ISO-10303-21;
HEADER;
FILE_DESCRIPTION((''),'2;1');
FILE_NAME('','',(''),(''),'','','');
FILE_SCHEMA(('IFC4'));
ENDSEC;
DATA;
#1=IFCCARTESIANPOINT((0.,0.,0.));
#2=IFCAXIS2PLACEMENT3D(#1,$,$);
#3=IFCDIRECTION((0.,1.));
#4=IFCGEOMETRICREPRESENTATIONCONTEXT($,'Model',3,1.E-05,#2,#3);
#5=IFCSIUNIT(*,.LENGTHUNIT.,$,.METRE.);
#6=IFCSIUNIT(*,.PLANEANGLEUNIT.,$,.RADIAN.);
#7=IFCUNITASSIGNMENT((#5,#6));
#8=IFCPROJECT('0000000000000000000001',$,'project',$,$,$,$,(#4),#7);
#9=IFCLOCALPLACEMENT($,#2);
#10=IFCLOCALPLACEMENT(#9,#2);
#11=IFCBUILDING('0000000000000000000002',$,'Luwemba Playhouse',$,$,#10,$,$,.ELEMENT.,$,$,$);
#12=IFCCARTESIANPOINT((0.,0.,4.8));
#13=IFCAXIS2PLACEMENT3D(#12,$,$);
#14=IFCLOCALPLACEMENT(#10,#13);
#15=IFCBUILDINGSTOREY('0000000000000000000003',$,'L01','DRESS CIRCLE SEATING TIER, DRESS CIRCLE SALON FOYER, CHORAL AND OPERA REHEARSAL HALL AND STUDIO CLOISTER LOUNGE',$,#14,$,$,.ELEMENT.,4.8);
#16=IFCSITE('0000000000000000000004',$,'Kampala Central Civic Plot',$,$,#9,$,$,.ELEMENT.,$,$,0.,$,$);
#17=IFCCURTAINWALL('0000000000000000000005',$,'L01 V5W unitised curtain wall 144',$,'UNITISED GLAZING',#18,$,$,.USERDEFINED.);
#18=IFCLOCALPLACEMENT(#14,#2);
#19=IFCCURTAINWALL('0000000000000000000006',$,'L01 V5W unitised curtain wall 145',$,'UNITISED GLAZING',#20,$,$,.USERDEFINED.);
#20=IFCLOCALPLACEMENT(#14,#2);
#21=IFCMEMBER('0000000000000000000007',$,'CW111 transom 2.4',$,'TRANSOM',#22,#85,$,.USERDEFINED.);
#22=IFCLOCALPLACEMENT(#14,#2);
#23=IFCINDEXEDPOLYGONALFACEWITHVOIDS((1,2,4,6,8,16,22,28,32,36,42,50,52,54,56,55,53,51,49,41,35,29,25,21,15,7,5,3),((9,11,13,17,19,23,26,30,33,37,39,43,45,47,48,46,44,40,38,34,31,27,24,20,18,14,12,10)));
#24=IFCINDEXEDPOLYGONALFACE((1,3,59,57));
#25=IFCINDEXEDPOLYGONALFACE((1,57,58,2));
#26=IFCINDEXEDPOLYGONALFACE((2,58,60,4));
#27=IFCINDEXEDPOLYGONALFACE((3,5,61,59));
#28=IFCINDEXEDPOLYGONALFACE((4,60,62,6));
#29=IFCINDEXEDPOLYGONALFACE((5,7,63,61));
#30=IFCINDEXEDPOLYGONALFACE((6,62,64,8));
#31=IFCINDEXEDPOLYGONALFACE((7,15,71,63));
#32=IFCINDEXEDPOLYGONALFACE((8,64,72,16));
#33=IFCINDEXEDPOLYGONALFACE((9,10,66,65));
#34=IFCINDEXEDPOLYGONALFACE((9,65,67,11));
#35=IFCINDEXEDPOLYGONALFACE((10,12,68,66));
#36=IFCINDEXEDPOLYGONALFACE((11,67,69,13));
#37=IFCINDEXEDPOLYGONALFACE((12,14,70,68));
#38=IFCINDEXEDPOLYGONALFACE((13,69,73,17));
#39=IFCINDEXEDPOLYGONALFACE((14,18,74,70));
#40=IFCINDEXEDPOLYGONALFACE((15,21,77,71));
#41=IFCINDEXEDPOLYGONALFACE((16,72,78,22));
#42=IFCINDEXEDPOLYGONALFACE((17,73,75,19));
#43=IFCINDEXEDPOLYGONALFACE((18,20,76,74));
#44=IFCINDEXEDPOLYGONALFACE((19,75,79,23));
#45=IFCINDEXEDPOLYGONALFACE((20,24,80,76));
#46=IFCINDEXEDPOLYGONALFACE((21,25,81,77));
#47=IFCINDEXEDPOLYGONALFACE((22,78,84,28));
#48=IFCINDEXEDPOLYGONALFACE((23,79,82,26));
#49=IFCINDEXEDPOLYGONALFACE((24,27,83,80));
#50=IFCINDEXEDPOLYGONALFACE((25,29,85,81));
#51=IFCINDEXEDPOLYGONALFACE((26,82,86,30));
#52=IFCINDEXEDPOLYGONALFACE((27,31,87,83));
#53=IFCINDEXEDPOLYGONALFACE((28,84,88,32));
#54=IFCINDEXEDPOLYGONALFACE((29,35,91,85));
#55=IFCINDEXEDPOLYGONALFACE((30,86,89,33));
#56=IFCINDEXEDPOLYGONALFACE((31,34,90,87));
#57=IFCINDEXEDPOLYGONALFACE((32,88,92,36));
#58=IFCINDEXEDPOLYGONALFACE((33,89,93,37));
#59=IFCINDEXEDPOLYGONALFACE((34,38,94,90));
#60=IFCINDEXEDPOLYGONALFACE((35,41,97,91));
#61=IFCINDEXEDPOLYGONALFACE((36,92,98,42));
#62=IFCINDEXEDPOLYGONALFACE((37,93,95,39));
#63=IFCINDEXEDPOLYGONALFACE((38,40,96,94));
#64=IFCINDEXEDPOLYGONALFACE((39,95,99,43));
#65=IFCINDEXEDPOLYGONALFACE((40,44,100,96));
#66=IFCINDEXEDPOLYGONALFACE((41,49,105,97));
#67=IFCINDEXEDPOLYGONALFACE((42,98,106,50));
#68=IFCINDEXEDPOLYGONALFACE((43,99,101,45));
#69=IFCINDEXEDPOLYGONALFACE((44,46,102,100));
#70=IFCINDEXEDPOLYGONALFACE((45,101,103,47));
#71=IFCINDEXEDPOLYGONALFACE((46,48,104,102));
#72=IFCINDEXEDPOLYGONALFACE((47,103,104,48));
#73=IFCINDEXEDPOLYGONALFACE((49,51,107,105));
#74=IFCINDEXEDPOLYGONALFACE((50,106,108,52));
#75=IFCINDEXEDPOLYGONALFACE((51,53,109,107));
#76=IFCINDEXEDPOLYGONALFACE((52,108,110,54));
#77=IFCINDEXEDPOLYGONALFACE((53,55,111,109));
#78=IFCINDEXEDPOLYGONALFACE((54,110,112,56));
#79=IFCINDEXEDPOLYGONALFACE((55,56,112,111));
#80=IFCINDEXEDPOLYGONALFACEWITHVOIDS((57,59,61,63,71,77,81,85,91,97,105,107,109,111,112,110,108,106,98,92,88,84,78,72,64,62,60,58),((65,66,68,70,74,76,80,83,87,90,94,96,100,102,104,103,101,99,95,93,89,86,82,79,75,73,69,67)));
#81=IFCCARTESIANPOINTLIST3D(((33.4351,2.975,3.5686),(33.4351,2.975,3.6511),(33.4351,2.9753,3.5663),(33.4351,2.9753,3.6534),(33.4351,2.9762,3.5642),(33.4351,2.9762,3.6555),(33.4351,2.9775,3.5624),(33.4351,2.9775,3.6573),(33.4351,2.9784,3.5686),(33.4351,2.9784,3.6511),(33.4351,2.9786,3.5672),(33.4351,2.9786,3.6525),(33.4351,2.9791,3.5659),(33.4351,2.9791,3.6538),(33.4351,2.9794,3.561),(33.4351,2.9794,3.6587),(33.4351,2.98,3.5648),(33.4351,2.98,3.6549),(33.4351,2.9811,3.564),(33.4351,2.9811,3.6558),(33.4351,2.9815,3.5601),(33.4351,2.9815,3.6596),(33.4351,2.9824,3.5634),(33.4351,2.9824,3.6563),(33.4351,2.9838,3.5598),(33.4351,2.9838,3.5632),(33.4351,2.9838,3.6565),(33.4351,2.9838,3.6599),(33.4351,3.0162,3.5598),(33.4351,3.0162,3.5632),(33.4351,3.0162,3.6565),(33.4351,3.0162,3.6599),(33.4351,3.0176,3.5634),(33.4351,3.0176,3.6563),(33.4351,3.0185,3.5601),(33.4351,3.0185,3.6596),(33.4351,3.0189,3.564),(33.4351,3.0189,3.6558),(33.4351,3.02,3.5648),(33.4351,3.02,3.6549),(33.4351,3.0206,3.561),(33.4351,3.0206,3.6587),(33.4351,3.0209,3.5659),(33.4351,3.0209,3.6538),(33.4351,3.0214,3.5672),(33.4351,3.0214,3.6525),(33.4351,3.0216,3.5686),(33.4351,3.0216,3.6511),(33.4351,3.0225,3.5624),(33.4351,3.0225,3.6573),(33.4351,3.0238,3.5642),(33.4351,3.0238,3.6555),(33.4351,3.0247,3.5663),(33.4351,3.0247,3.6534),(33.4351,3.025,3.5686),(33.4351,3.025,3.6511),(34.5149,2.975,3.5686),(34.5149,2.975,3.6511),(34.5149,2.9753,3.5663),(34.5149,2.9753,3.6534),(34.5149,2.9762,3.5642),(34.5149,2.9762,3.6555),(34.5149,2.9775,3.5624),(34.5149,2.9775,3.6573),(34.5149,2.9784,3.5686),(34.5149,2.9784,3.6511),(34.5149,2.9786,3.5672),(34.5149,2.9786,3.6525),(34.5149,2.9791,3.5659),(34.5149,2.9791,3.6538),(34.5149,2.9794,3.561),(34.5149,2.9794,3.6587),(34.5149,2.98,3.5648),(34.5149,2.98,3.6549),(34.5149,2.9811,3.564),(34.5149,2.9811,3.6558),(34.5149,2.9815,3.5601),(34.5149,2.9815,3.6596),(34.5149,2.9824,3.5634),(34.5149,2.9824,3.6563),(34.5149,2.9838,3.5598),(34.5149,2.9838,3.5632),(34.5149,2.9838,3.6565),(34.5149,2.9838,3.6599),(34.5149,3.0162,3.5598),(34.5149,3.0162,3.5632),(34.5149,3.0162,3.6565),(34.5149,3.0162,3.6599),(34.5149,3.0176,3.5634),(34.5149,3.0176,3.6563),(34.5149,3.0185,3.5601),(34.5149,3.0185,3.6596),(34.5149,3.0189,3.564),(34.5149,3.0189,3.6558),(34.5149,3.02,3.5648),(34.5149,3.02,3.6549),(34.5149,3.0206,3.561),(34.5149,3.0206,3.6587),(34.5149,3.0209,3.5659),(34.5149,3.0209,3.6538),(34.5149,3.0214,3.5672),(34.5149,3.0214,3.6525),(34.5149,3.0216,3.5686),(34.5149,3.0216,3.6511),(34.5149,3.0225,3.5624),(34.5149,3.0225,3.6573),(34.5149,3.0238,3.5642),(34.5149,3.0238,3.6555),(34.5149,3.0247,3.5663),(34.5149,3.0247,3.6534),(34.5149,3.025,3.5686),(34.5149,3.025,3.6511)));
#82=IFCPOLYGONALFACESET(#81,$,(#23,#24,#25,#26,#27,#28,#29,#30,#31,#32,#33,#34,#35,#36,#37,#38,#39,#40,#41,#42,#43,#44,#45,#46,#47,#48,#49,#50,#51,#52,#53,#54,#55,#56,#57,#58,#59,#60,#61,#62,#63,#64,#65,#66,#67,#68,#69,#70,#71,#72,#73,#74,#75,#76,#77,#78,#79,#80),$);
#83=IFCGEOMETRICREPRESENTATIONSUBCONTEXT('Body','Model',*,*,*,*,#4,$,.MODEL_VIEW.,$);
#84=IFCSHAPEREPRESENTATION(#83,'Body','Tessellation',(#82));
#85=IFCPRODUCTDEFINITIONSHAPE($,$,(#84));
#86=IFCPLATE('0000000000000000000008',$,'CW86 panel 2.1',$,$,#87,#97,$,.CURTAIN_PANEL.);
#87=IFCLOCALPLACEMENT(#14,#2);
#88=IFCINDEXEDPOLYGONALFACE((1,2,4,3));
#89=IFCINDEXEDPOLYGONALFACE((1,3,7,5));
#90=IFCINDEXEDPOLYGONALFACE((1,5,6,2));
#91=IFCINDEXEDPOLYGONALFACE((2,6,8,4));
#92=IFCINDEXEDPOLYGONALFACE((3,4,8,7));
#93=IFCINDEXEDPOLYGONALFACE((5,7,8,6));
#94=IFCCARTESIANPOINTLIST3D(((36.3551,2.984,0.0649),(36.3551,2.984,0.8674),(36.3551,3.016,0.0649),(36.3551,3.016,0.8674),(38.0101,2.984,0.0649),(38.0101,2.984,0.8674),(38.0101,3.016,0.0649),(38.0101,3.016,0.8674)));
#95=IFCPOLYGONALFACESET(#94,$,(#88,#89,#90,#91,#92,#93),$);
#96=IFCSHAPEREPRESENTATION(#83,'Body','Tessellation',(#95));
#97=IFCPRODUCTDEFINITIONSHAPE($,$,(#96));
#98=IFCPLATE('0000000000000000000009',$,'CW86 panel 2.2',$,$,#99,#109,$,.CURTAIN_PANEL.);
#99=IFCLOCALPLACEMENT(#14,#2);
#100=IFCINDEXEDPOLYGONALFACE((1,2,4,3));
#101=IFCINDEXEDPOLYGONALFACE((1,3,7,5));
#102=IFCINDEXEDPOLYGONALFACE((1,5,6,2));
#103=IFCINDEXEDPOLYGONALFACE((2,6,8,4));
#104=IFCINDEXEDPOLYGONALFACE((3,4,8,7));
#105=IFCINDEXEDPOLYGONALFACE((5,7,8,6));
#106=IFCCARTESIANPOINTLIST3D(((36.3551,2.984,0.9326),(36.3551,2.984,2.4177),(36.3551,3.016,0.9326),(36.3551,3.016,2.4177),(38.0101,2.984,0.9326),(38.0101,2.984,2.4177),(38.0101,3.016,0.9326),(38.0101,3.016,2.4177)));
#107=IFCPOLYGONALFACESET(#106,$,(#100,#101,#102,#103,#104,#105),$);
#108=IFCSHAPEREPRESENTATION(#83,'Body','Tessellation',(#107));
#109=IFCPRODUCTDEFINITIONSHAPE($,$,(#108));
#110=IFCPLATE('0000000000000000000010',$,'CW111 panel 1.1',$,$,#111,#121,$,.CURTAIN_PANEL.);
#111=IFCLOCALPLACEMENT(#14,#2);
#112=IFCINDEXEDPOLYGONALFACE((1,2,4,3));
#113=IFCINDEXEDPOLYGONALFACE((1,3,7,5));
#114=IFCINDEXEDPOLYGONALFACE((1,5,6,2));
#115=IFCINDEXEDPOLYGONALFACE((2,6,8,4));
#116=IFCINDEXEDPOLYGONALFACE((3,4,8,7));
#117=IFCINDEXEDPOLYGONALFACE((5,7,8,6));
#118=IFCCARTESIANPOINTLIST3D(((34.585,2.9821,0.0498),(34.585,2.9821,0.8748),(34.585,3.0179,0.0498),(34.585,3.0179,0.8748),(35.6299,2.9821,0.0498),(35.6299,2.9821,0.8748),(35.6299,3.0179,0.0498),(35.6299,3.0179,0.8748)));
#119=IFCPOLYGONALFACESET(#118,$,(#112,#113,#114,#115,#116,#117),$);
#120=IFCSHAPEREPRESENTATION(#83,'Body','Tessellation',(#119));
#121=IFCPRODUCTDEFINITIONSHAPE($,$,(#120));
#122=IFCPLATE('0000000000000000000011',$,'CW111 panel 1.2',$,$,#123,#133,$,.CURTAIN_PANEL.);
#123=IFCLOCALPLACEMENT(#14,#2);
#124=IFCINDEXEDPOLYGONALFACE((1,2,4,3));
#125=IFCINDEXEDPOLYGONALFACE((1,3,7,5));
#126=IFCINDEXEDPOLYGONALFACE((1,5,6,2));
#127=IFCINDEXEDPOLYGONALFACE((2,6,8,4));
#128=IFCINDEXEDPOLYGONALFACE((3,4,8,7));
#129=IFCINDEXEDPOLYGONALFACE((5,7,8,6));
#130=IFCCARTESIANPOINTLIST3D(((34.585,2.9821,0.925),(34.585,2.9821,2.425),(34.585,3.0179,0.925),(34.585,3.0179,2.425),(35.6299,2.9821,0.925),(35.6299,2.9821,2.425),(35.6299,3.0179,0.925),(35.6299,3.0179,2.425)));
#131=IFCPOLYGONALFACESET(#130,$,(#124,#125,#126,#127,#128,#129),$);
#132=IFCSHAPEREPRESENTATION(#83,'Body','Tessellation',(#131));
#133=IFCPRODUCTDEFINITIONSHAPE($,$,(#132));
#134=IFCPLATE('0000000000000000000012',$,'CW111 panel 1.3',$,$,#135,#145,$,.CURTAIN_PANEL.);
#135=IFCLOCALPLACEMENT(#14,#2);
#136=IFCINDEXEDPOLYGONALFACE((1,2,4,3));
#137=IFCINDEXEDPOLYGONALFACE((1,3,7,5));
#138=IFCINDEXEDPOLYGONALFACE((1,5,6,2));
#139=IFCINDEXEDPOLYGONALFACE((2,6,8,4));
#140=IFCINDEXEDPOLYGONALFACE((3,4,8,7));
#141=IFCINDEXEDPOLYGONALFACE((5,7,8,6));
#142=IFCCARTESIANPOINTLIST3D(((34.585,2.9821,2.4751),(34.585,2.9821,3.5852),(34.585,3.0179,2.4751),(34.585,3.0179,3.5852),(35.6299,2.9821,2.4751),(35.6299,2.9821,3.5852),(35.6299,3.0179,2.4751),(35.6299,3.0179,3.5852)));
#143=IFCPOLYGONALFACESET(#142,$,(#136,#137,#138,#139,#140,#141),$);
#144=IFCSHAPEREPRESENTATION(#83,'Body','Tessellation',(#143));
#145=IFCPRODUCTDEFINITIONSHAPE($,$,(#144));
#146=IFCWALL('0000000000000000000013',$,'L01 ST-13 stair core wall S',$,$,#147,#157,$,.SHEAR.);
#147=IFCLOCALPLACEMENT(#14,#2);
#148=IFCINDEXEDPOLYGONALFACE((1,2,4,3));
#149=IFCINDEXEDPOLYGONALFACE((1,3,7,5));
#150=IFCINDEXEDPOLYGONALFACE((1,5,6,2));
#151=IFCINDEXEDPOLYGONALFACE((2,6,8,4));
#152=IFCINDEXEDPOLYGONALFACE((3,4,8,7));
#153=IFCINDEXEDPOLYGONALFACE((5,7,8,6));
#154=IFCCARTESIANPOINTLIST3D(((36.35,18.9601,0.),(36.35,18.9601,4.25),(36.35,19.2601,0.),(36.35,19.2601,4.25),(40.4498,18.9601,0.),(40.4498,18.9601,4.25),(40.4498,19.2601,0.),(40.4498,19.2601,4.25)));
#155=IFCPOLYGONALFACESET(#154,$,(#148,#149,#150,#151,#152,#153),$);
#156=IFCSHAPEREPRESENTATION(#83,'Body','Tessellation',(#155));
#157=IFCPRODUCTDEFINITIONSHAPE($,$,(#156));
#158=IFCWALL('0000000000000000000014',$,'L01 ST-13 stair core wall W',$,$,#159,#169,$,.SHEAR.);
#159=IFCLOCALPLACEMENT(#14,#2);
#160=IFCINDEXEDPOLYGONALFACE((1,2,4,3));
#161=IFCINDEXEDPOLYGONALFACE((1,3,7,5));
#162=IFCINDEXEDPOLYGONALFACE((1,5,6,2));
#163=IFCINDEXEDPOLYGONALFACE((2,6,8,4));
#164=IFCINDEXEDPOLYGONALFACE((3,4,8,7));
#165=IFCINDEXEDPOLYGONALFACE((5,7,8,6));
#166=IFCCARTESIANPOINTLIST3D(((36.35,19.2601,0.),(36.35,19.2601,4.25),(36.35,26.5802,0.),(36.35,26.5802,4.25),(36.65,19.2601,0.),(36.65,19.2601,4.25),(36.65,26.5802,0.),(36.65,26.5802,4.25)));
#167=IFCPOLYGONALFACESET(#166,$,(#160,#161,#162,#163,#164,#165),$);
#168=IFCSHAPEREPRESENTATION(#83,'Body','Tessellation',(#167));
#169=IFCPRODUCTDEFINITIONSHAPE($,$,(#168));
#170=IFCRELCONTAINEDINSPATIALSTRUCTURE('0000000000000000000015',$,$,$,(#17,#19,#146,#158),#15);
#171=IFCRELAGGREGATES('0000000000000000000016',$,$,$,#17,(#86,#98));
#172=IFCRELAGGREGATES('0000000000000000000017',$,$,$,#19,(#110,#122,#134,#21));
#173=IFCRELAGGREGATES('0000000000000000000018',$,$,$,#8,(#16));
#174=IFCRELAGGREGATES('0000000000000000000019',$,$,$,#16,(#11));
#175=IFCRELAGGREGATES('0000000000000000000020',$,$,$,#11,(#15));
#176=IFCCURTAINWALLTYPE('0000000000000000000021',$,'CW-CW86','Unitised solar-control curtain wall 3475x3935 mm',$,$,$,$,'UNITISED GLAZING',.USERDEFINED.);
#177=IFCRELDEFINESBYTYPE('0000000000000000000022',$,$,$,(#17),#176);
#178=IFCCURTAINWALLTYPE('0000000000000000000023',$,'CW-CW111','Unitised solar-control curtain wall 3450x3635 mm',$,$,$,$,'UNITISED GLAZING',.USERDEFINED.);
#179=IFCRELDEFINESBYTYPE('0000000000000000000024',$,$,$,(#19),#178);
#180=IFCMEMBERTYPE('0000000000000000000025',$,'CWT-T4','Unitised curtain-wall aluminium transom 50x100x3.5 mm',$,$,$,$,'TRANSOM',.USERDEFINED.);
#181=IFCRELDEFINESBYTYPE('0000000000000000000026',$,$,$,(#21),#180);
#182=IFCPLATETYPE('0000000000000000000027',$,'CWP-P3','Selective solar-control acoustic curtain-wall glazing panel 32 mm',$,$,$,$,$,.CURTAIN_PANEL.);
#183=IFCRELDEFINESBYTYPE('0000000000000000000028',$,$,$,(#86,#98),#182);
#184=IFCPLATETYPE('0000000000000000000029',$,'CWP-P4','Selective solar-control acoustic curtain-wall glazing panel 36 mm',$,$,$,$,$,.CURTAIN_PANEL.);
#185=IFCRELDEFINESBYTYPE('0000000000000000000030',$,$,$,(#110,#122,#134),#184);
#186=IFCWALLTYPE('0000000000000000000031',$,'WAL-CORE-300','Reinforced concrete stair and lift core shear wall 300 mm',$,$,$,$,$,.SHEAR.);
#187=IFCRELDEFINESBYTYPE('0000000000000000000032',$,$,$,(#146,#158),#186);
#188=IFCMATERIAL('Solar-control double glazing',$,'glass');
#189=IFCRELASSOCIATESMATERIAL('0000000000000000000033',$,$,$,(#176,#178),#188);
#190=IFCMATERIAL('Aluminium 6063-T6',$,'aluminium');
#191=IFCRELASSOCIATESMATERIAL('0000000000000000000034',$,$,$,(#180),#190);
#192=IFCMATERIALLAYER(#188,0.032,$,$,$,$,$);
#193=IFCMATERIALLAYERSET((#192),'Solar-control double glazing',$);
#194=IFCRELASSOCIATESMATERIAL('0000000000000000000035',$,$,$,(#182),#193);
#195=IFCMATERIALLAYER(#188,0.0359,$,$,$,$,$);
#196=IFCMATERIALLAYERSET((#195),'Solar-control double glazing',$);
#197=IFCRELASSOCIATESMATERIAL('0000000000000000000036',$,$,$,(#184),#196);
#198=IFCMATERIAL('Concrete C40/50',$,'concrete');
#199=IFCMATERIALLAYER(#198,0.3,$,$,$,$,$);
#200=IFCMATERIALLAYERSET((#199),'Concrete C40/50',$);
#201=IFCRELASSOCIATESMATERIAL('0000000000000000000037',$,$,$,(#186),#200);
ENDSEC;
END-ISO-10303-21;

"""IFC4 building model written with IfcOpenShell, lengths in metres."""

from ifc_helpers import new_model, si_unit, direction, frame, frame_2d, origin, origin_2d, place, context, subcontext, project, spatial, rectangle, hollow_rectangle, extrude, material, layer, layer_set, material_profile, profile_set, type_object, element, aggregate, save


model = new_model("IFC4")

# Units and contexts
model_context = context("Model", 3, precision=1e-05, world=origin(), true_north=direction((0.0, 1.0)))
body_context = subcontext(model_context, "Body", "Model", "MODEL_VIEW")
ifc_project = project(units=[si_unit("LENGTHUNIT", "METRE"), si_unit("PLANEANGLEUNIT", "RADIAN")], contexts=[model_context])

# Site, building, storey
site_placement = place(None, origin())
site = spatial("IfcSite", under=ifc_project, at=site_placement, Name="Kampala Central Civic Plot", CompositionType="ELEMENT", RefElevation=0.0)
building_placement = place(site_placement, origin())
building = spatial("IfcBuilding", under=site, at=building_placement, Name="Luwemba Playhouse", CompositionType="ELEMENT")
storey_placement = place(building_placement, frame((0.0, 0.0, 4.8)))
storey = spatial("IfcBuildingStorey", under=building, at=storey_placement, Name="L01", Description="DRESS CIRCLE SEATING TIER, DRESS CIRCLE SALON FOYER, CHORAL AND OPERA REHEARSAL HALL AND STUDIO CLOISTER LOUNGE", CompositionType="ELEMENT", Elevation=4.8)

# Shared definitions
ifc_material_1 = material(Name="Concrete C40/50", Category="concrete")

# Curtain wall
ifc_material_2 = material(Name="Solar-control double glazing", Category="glass")
curtain_wall_type_1 = type_object("IfcCurtainWallType", Name="CW-CW86", Description="Unitised solar-control curtain wall 3475x3935 mm", ElementType="UNITISED GLAZING", PredefinedType="USERDEFINED", material=ifc_material_2)
curtain_wall_1_placement = place(storey_placement, origin())
curtain_wall_1 = element("IfcCurtainWall", 1, at=curtain_wall_1_placement, inside=storey, type_object=curtain_wall_type_1, Name="L01 V5W unitised curtain wall 144", ObjectType="UNITISED GLAZING", PredefinedType="USERDEFINED")
ifc_material_3 = material(Name="Aluminium 6063-T6", Category="aluminium")

# Curtain wall, member
curtain_wall_type_2 = type_object("IfcCurtainWallType", Name="CW-CW111", Description="Unitised solar-control curtain wall 3450x3635 mm", ElementType="UNITISED GLAZING", PredefinedType="USERDEFINED", material=ifc_material_2)
curtain_wall_2_placement = place(storey_placement, origin())
curtain_wall_2 = element("IfcCurtainWall", 2, at=curtain_wall_2_placement, inside=storey, type_object=curtain_wall_type_2, Name="L01 V5W unitised curtain wall 145", ObjectType="UNITISED GLAZING", PredefinedType="USERDEFINED")
ifc_material_profile_1 = material_profile(ifc_material_3, hollow_rectangle(XDim=0.05, YDim=0.1001, WallThickness=0.0034, InnerFilletRadius=0.0054, OuterFilletRadius=0.0088, at=origin_2d()))
ifc_profile_set_1 = profile_set([ifc_material_profile_1], Name="Aluminium 6063-T6")
member_type_1 = type_object("IfcMemberType", Name="CWT-T4", Description="Unitised curtain-wall aluminium transom 50x100x3.5 mm", ElementType="TRANSOM", PredefinedType="USERDEFINED", material=ifc_profile_set_1)
member_1_placement = place(storey_placement, frame((34.5149, 3.0, 3.6099), z_axis=(-1.0, 0.0, 0.0), x_axis=(0.0, -1.0, 0.0)))
member_1 = element("IfcMember", 3, at=member_1_placement, type_object=member_type_1, Name="CW111 transom 2.4", ObjectType="TRANSOM", PredefinedType="USERDEFINED", context=body_context, shape_type="SweptSolid", body=[
    extrude(hollow_rectangle(XDim=0.05, YDim=0.1001, WallThickness=0.0034, InnerFilletRadius=0.0054, OuterFilletRadius=0.0088, at=origin_2d()), origin(), (0.0, 0.0, 1.0), 1.0798),
])

# Plates
ifc_layer_1 = layer(ifc_material_2, 0.032)
ifc_layer_set_1 = layer_set([ifc_layer_1], Name="Solar-control double glazing")
plate_type_1 = type_object("IfcPlateType", Name="CWP-P3", Description="Selective solar-control acoustic curtain-wall glazing panel 32 mm", PredefinedType="CURTAIN_PANEL", material=ifc_layer_set_1)
plate_1_placement = place(storey_placement, frame((37.1826, 3.0, 0.0649), z_axis=(0.0, 0.0, 1.0), x_axis=(-1.0, 0.0, 0.0)))
plate_1 = element("IfcPlate", 4, at=plate_1_placement, type_object=plate_type_1, Name="CW86 panel 2.1", PredefinedType="CURTAIN_PANEL", context=body_context, shape_type="SweptSolid", body=[
    extrude(rectangle(XDim=1.655, YDim=0.032, at=origin_2d()), origin(), (0.0, 0.0, 1.0), 0.8025),
])
plate_2_placement = place(storey_placement, frame((37.1826, 3.0, 0.9326), z_axis=(0.0, 0.0, 1.0), x_axis=(-1.0, 0.0, 0.0)))
plate_2 = element("IfcPlate", 5, at=plate_2_placement, type_object=plate_type_1, Name="CW86 panel 2.2", PredefinedType="CURTAIN_PANEL", context=body_context, shape_type="SweptSolid", body=[
    extrude(rectangle(XDim=1.655, YDim=0.032, at=origin_2d()), origin(), (0.0, 0.0, 1.0), 1.4851),
])
aggregate(curtain_wall_1, [plate_1, plate_2])
ifc_layer_2 = layer(ifc_material_2, 0.0359)
ifc_layer_set_2 = layer_set([ifc_layer_2], Name="Solar-control double glazing")
plate_type_2 = type_object("IfcPlateType", Name="CWP-P4", Description="Selective solar-control acoustic curtain-wall glazing panel 36 mm", PredefinedType="CURTAIN_PANEL", material=ifc_layer_set_2)
plate_3_placement = place(storey_placement, frame((35.1074, 3.0, 0.0498), z_axis=(0.0, 0.0, 1.0), x_axis=(-1.0, 0.0, 0.0)))
plate_3 = element("IfcPlate", 6, at=plate_3_placement, type_object=plate_type_2, Name="CW111 panel 1.1", PredefinedType="CURTAIN_PANEL", context=body_context, shape_type="SweptSolid", body=[
    extrude(rectangle(XDim=1.0449, YDim=0.0359, at=origin_2d()), origin(), (0.0, 0.0, 1.0), 0.825),
])
plate_4_placement = place(storey_placement, frame((35.1074, 3.0, 0.925), z_axis=(0.0, 0.0, 1.0), x_axis=(-1.0, 0.0, 0.0)))
plate_4 = element("IfcPlate", 7, at=plate_4_placement, type_object=plate_type_2, Name="CW111 panel 1.2", PredefinedType="CURTAIN_PANEL", context=body_context, shape_type="SweptSolid", body=[
    extrude(rectangle(XDim=1.0449, YDim=0.0359, at=origin_2d()), origin(), (0.0, 0.0, 1.0), 1.5),
])
plate_5_placement = place(storey_placement, frame((35.1074, 3.0, 2.4751), z_axis=(0.0, 0.0, 1.0), x_axis=(-1.0, 0.0, 0.0)))
plate_5 = element("IfcPlate", 8, at=plate_5_placement, type_object=plate_type_2, Name="CW111 panel 1.3", PredefinedType="CURTAIN_PANEL", context=body_context, shape_type="SweptSolid", body=[
    extrude(rectangle(XDim=1.0449, YDim=0.0359, at=origin_2d()), origin(), (0.0, 0.0, 1.0), 1.1101),
])
aggregate(curtain_wall_2, [plate_3, plate_4, plate_5, member_1])

# Walls
ifc_layer_3 = layer(ifc_material_1, 0.3)
ifc_layer_set_3 = layer_set([ifc_layer_3], Name="Concrete C40/50")
wall_type_1 = type_object("IfcWallType", Name="WAL-CORE-300", Description="Reinforced concrete stair and lift core shear wall 300 mm", PredefinedType="SHEAR", material=ifc_layer_set_3)
wall_1_placement = place(storey_placement, frame((36.3501, 19.1101, 0.0), z_axis=(0.0, 0.0, 1.0), x_axis=(1.0, 0.0, 0.0)))
element("IfcWall", 9, at=wall_1_placement, inside=storey, type_object=wall_type_1, Name="L01 ST-13 stair core wall S", PredefinedType="SHEAR", context=body_context, shape_type="SweptSolid", body=[
    extrude(rectangle(XDim=4.0999, YDim=0.3, at=frame_2d((2.0498, 0.0))), origin(), (0.0, 0.0, 1.0), 4.25),
])
wall_2_placement = place(storey_placement, frame((36.5, 19.26, 0.0), z_axis=(0.0, 0.0, 1.0), x_axis=(0.0, 1.0, 0.0)))
element("IfcWall", 10, at=wall_2_placement, inside=storey, type_object=wall_type_1, Name="L01 ST-13 stair core wall W", PredefinedType="SHEAR", context=body_context, shape_type="SweptSolid", body=[
    extrude(rectangle(XDim=7.3201, YDim=0.3, at=frame_2d((3.6602, 0.0))), origin(), (0.0, 0.0, 1.0), 4.25),
])

save(model, "model.ifc")
